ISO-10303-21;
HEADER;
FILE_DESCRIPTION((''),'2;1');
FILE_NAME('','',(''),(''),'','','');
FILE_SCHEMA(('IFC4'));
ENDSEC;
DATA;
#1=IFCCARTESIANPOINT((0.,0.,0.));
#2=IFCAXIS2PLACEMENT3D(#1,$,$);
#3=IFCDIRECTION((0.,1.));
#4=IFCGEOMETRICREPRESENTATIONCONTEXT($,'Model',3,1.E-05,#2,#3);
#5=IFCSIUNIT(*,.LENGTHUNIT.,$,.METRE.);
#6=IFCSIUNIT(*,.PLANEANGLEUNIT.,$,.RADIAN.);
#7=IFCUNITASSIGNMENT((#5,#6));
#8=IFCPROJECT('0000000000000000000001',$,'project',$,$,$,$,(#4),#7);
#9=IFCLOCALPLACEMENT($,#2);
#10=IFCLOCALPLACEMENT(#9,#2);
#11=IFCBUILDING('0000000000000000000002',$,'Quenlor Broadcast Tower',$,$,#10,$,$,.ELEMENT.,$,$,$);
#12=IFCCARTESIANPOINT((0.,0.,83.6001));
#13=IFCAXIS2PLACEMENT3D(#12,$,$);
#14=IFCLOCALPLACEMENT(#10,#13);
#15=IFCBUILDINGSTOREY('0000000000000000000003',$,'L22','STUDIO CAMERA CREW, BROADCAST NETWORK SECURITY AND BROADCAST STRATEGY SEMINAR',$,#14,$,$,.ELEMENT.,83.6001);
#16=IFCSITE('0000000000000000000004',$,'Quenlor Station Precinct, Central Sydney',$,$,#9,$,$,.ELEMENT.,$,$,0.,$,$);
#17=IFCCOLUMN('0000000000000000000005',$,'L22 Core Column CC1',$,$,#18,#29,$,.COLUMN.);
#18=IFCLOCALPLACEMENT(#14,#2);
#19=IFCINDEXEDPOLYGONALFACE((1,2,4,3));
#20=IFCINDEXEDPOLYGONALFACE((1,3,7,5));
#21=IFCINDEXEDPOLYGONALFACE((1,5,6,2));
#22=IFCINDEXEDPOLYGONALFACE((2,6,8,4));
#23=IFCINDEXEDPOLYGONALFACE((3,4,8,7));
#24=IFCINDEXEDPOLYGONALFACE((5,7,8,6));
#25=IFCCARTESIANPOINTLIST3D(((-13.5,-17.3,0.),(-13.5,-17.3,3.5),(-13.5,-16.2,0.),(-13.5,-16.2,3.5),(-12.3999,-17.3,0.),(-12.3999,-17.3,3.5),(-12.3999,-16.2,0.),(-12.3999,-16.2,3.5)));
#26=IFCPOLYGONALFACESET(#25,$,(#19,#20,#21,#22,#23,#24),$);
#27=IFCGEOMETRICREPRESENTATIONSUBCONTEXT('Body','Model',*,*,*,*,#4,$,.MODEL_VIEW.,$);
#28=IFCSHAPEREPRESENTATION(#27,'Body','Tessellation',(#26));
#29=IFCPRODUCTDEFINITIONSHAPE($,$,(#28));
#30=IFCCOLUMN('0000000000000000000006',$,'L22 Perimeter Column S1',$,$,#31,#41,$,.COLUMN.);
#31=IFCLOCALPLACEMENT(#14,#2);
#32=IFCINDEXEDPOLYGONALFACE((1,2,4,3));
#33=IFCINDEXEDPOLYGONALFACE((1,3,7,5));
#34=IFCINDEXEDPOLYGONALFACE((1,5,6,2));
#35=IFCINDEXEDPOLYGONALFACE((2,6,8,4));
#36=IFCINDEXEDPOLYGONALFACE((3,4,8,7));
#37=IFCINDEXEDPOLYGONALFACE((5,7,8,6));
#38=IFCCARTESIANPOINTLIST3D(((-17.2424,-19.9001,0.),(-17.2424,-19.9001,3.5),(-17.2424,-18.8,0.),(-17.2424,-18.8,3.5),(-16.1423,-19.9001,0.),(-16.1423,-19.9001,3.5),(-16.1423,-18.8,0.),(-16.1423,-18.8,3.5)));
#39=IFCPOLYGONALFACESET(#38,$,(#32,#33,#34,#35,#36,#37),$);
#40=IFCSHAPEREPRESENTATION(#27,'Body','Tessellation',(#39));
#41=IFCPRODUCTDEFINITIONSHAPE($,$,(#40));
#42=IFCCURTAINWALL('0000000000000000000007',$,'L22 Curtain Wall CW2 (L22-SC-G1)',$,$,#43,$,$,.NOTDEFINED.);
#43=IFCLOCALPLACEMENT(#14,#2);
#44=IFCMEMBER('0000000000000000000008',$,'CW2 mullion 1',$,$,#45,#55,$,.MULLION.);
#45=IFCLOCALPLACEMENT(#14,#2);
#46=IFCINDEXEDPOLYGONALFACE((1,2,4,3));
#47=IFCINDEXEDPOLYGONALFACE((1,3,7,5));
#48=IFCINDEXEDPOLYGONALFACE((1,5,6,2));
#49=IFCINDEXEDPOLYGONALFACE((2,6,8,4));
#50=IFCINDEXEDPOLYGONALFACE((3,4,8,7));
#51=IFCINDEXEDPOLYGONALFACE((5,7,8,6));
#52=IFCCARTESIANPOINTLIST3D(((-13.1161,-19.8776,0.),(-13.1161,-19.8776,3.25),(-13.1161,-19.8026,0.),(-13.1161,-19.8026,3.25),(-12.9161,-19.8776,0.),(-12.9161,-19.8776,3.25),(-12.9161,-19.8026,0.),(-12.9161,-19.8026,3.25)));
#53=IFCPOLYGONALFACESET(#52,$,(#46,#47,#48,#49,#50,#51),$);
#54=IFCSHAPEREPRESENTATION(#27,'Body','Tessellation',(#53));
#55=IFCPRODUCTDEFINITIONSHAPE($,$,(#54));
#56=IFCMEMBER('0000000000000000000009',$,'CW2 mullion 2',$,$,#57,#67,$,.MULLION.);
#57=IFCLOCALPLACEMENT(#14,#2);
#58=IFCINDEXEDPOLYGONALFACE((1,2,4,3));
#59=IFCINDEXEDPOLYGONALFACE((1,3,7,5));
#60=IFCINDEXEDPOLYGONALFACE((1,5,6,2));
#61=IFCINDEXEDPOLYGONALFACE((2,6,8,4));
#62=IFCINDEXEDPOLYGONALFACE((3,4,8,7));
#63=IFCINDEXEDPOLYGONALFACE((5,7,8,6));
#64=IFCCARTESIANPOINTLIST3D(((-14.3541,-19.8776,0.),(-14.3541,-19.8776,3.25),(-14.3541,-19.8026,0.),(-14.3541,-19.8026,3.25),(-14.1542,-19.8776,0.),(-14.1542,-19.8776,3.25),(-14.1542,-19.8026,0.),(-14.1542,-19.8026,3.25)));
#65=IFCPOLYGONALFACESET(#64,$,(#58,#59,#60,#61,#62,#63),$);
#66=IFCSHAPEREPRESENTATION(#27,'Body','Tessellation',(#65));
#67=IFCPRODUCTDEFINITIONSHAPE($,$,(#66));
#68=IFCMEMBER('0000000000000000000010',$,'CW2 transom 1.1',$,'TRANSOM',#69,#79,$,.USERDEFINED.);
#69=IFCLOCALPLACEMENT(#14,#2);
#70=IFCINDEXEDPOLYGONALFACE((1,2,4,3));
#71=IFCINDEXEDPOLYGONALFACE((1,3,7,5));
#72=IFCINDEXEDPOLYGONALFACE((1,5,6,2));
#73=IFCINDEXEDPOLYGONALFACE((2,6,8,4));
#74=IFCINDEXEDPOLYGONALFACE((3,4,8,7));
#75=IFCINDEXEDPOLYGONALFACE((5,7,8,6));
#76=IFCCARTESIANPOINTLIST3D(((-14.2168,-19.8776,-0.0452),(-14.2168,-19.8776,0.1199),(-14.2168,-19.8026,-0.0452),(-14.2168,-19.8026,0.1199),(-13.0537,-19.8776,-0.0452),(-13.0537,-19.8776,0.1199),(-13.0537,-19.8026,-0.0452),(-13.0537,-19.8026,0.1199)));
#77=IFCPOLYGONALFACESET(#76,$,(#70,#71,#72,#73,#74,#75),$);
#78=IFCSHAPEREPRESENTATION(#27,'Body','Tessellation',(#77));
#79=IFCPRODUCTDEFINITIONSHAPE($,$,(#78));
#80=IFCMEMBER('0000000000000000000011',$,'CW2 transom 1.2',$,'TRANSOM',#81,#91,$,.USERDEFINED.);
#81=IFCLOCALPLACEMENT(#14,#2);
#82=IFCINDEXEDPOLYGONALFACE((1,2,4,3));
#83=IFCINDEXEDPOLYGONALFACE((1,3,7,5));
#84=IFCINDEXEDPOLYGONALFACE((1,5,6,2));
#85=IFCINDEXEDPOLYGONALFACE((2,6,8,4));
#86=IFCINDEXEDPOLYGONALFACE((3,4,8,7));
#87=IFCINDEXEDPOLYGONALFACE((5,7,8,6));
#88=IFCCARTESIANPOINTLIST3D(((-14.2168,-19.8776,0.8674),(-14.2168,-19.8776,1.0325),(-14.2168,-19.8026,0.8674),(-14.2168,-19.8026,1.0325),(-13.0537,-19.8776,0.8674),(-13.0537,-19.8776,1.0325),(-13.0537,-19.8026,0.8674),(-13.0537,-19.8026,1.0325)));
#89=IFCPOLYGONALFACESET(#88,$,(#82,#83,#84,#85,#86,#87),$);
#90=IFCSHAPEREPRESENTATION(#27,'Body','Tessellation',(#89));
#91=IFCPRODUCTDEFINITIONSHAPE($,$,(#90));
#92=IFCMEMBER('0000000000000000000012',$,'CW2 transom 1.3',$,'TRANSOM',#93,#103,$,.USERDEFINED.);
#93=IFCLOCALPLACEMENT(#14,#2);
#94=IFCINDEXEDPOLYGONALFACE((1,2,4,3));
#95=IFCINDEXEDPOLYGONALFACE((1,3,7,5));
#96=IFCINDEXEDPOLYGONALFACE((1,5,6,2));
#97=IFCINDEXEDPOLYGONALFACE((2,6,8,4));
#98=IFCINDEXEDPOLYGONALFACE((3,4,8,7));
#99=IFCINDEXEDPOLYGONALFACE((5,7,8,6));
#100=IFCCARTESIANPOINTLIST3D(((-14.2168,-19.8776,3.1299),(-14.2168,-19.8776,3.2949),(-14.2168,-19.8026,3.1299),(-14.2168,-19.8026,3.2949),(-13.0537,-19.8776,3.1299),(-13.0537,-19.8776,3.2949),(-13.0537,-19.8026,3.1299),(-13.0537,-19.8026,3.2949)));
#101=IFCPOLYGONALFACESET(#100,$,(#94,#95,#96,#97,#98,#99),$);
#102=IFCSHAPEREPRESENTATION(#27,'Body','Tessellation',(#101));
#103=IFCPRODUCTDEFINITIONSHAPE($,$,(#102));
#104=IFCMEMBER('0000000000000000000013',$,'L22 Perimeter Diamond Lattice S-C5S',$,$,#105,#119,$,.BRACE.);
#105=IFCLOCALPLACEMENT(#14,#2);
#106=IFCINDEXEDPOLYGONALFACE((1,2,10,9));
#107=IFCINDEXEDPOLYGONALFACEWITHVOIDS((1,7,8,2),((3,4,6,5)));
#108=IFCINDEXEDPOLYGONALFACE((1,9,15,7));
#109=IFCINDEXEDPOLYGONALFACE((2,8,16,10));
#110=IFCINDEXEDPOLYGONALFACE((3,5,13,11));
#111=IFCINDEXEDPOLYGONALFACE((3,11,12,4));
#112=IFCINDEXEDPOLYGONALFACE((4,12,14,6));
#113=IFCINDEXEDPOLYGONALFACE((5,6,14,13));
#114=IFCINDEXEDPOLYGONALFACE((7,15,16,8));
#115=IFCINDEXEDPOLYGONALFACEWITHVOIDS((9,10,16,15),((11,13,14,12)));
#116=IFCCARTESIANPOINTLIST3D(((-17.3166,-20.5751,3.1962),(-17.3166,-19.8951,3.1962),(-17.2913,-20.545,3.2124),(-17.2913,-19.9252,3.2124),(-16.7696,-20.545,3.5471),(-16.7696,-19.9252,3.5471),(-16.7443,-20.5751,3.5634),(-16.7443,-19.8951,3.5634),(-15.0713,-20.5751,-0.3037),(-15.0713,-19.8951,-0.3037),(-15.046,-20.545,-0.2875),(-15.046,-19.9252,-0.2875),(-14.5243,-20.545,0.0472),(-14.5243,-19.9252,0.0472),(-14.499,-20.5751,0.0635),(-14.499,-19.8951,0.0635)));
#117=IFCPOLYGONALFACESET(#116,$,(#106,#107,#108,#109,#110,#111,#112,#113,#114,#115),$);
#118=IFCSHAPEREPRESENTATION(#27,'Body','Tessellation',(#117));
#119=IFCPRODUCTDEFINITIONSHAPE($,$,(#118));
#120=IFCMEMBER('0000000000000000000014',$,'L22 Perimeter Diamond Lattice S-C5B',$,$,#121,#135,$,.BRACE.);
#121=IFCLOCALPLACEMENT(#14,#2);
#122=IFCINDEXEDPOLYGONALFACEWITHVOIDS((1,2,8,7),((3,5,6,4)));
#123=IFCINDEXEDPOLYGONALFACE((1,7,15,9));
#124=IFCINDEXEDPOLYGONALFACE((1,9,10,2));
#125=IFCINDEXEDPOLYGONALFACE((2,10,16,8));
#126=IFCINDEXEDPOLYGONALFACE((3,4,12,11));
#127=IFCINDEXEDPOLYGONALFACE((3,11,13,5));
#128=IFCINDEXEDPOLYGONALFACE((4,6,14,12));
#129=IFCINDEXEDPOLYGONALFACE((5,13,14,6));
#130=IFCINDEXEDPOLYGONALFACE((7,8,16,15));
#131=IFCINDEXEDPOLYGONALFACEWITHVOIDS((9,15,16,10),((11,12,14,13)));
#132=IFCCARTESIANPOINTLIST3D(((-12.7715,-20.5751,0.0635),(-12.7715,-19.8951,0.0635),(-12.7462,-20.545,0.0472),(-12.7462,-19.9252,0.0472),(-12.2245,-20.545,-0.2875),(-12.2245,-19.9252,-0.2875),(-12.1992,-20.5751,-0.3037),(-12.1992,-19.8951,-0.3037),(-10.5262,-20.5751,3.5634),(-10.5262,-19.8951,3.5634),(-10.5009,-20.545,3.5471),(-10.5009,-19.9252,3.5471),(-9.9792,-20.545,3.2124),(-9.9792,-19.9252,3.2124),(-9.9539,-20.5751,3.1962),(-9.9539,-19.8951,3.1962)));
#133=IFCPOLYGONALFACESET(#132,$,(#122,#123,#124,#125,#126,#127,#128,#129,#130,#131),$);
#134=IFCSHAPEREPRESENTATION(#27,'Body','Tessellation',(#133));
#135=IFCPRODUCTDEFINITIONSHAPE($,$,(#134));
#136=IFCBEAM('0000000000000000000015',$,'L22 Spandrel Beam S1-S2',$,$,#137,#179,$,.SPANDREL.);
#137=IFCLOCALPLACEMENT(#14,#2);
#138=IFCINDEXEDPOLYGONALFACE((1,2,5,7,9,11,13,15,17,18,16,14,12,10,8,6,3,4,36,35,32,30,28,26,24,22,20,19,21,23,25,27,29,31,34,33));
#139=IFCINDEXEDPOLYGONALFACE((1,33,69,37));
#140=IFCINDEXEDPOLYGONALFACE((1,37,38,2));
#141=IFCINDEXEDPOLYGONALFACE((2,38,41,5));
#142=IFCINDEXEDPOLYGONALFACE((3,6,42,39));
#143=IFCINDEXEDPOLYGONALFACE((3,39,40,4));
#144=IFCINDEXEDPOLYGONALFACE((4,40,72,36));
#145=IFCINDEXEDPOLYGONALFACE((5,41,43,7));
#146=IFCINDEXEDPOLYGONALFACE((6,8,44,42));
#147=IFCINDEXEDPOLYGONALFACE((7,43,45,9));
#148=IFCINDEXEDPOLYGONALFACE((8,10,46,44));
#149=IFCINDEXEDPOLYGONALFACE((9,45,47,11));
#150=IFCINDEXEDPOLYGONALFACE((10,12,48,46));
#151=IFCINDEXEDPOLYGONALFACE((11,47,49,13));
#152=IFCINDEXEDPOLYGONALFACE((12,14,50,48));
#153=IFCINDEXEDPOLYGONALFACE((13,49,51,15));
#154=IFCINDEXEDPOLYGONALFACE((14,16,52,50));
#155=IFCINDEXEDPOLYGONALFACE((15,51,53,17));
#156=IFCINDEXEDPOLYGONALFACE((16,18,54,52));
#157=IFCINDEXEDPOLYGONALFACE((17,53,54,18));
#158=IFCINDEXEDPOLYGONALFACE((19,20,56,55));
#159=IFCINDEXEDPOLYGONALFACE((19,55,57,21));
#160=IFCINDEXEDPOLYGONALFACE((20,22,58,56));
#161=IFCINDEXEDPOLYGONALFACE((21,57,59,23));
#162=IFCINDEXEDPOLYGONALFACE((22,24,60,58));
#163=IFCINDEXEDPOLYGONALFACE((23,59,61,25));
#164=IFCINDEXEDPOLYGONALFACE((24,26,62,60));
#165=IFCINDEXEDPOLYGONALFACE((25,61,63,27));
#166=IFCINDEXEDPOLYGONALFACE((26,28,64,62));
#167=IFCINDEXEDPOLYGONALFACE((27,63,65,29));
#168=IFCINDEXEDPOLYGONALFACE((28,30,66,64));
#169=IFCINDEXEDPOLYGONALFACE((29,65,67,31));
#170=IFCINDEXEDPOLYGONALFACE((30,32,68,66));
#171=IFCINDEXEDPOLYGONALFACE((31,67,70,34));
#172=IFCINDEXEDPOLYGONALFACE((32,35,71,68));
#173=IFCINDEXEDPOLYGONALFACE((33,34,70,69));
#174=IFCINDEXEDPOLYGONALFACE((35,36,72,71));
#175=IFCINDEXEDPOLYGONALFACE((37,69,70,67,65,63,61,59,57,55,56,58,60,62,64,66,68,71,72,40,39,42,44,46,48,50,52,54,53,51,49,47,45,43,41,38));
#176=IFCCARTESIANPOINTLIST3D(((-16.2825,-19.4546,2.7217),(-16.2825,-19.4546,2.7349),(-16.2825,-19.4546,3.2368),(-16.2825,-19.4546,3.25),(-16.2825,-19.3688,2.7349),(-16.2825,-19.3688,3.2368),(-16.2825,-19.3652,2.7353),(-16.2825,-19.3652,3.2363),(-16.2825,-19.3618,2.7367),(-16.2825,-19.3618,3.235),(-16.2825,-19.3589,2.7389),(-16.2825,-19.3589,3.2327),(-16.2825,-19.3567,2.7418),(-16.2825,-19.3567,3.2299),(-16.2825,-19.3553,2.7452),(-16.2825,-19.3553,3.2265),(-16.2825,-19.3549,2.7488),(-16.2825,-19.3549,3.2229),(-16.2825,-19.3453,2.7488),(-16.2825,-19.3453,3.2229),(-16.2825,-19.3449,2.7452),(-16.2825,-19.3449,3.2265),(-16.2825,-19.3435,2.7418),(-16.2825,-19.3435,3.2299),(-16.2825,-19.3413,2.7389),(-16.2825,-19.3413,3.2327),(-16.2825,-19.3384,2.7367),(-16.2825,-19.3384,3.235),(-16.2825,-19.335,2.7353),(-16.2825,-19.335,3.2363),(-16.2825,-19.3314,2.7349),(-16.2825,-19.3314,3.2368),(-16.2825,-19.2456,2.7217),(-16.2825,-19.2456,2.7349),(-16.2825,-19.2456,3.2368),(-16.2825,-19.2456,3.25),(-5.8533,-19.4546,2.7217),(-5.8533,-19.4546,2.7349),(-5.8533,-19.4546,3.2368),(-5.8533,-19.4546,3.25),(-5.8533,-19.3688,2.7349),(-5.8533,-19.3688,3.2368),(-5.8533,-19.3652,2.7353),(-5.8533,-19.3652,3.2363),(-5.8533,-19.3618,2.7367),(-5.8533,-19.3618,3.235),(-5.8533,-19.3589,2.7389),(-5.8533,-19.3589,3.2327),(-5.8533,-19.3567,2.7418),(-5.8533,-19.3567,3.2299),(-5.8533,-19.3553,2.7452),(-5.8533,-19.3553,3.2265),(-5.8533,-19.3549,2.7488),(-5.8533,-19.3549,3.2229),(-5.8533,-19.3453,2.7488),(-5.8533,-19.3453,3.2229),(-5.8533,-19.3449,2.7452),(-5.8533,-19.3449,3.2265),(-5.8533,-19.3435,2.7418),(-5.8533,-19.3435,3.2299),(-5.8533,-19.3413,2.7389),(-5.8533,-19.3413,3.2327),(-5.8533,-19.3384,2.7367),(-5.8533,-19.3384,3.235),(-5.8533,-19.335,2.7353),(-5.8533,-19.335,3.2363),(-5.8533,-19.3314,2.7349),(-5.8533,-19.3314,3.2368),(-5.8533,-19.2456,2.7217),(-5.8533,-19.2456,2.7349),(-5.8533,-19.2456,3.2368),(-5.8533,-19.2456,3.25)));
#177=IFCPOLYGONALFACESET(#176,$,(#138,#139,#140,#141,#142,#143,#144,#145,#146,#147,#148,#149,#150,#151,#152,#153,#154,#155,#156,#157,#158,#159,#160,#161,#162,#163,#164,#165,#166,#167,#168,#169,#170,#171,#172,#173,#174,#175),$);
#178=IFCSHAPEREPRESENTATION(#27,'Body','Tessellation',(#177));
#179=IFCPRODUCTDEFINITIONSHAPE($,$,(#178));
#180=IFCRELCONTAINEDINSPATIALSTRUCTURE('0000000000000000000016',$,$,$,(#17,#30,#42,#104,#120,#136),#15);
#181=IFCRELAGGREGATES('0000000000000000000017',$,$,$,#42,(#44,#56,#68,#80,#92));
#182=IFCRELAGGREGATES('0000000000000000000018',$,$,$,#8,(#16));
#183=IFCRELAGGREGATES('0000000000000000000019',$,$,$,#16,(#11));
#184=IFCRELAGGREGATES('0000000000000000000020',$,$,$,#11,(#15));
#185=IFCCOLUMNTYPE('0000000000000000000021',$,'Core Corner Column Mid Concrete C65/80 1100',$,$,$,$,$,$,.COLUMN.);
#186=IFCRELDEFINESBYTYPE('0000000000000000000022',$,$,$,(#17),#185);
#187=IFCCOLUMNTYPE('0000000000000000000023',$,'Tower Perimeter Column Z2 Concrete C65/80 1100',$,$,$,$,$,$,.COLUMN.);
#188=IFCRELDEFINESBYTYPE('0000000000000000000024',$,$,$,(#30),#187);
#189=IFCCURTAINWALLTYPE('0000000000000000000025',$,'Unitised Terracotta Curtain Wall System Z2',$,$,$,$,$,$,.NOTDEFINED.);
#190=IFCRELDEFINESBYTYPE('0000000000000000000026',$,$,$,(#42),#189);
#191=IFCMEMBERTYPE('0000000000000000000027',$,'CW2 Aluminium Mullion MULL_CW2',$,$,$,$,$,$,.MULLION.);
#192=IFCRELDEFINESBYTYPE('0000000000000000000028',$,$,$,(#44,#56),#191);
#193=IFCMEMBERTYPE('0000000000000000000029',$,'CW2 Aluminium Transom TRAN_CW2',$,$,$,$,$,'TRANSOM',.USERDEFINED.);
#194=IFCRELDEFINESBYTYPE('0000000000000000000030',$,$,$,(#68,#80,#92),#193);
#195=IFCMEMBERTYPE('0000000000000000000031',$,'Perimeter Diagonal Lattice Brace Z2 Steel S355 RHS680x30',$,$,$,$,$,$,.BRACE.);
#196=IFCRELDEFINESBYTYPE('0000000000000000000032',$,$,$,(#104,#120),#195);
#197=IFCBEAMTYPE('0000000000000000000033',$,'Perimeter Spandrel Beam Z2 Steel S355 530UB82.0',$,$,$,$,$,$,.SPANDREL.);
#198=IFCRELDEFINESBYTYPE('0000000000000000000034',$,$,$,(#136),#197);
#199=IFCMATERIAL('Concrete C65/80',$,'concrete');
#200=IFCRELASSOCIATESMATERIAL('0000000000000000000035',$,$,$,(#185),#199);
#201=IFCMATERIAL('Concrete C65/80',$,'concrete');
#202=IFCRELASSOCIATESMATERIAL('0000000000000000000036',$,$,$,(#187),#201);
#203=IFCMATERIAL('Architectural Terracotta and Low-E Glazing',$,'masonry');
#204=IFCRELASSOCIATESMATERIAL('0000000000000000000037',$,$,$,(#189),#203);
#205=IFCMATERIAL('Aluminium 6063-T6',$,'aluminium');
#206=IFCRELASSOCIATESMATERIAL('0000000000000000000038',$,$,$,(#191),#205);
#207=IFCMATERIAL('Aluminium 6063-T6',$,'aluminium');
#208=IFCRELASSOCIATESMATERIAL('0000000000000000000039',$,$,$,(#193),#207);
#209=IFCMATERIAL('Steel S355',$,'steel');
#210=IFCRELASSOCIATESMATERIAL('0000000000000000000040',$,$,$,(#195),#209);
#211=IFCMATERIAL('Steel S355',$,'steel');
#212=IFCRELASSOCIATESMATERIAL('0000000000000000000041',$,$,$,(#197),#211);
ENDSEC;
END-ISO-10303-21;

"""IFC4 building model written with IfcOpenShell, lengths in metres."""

from ifc_helpers import new_model, si_unit, direction, frame, origin, origin_2d, place, context, subcontext, project, spatial, rectangle, hollow_rectangle, i_section, extrude, material, material_profile, profile_set, type_object, element, aggregate, save


model = new_model("IFC4")

# Units and contexts
model_context = context("Model", 3, precision=1e-05, world=origin(), true_north=direction((0.0, 1.0)))
body_context = subcontext(model_context, "Body", "Model", "MODEL_VIEW")
ifc_project = project(units=[si_unit("LENGTHUNIT", "METRE"), si_unit("PLANEANGLEUNIT", "RADIAN")], contexts=[model_context])

# Site, building, storey
site_placement = place(None, origin())
site = spatial("IfcSite", under=ifc_project, at=site_placement, Name="Quenlor Station Precinct, Central Sydney", CompositionType="ELEMENT", RefElevation=0.0)
building_placement = place(site_placement, origin())
building = spatial("IfcBuilding", under=site, at=building_placement, Name="Quenlor Broadcast Tower", CompositionType="ELEMENT")
storey_placement = place(building_placement, frame((0.0, 0.0, 83.6001)))
storey = spatial("IfcBuildingStorey", under=building, at=storey_placement, Name="L22", Description="STUDIO CAMERA CREW, BROADCAST NETWORK SECURITY AND BROADCAST STRATEGY SEMINAR", CompositionType="ELEMENT", Elevation=83.6001)

# Columns
ifc_material_1 = material(Name="Concrete C65/80", Category="concrete")
ifc_material_profile_1 = material_profile(ifc_material_1, rectangle(XDim=1.1001, YDim=1.1001, at=origin_2d()))
ifc_profile_set_1 = profile_set([ifc_material_profile_1], Name="Concrete C65/80 RC1100x1100")
column_type_1 = type_object("IfcColumnType", Name="Core Corner Column Mid Concrete C65/80 1100", PredefinedType="COLUMN", material=ifc_profile_set_1)
column_1_placement = place(storey_placement, frame((-12.95, -16.75, 0.0), z_axis=(0.0, 0.0, 1.0), x_axis=(1.0, 0.0, 0.0)))
element("IfcColumn", 1, at=column_1_placement, inside=storey, type_object=column_type_1, Name="L22 Core Column CC1", PredefinedType="COLUMN", context=body_context, shape_type="SweptSolid", body=[
    extrude(rectangle(XDim=1.1001, YDim=1.1001, at=origin_2d()), origin(), (0.0, 0.0, 1.0), 3.5),
])
ifc_material_2 = material(Name="Concrete C65/80", Category="concrete")
ifc_material_profile_2 = material_profile(ifc_material_2, rectangle(XDim=1.1001, YDim=1.1001, at=origin_2d()))
ifc_profile_set_2 = profile_set([ifc_material_profile_2], Name="Concrete C65/80 RC1100x1100")
column_type_2 = type_object("IfcColumnType", Name="Tower Perimeter Column Z2 Concrete C65/80 1100", PredefinedType="COLUMN", material=ifc_profile_set_2)
column_2_placement = place(storey_placement, frame((-16.6924, -19.3501, 0.0), z_axis=(0.0, 0.0, 1.0), x_axis=(0.0, 1.0, 0.0)))
element("IfcColumn", 2, at=column_2_placement, inside=storey, type_object=column_type_2, Name="L22 Perimeter Column S1", PredefinedType="COLUMN", context=body_context, shape_type="SweptSolid", body=[
    extrude(rectangle(XDim=1.1001, YDim=1.1001, at=origin_2d()), origin(), (0.0, 0.0, 1.0), 3.5),
])

# Curtain wall, members
ifc_material_3 = material(Name="Architectural Terracotta and Low-E Glazing", Category="masonry")
curtain_wall_type = type_object("IfcCurtainWallType", Name="Unitised Terracotta Curtain Wall System Z2", PredefinedType="NOTDEFINED", material=ifc_material_3)
curtain_wall_placement = place(storey_placement, origin())
curtain_wall = element("IfcCurtainWall", 3, at=curtain_wall_placement, inside=storey, type_object=curtain_wall_type, Name="L22 Curtain Wall CW2 (L22-SC-G1)", PredefinedType="NOTDEFINED")
ifc_material_4 = material(Name="Aluminium 6063-T6", Category="aluminium")
ifc_material_profile_3 = material_profile(ifc_material_4, rectangle(XDim=0.075, YDim=0.2, at=origin_2d()))
ifc_profile_set_3 = profile_set([ifc_material_profile_3], Name="Aluminium 6063-T6 MULL75x200")
member_type_1 = type_object("IfcMemberType", Name="CW2 Aluminium Mullion MULL_CW2", PredefinedType="MULLION", material=ifc_profile_set_3)
member_1_placement = place(storey_placement, frame((-13.0161, -19.8401, 0.0), z_axis=(0.0, 0.0, 1.0), x_axis=(0.0, -1.0, 0.0)))
member_1 = element("IfcMember", 4, at=member_1_placement, type_object=member_type_1, Name="CW2 mullion 1", PredefinedType="MULLION", context=body_context, shape_type="SweptSolid", body=[
    extrude(rectangle(XDim=0.075, YDim=0.2, at=origin_2d()), origin(), (0.0, 0.0, 1.0), 3.25),
])
member_2_placement = place(storey_placement, frame((-14.2542, -19.8401, 0.0), z_axis=(0.0, 0.0, 1.0), x_axis=(0.0, -1.0, 0.0)))
member_2 = element("IfcMember", 5, at=member_2_placement, type_object=member_type_1, Name="CW2 mullion 2", PredefinedType="MULLION", context=body_context, shape_type="SweptSolid", body=[
    extrude(rectangle(XDim=0.075, YDim=0.2, at=origin_2d()), origin(), (0.0, 0.0, 1.0), 3.25),
])
ifc_material_5 = material(Name="Aluminium 6063-T6", Category="aluminium")
ifc_material_profile_4 = material_profile(ifc_material_5, rectangle(XDim=0.075, YDim=0.165, at=origin_2d()))
ifc_profile_set_4 = profile_set([ifc_material_profile_4], Name="Aluminium 6063-T6 TRAN75x165")
member_type_2 = type_object("IfcMemberType", Name="CW2 Aluminium Transom TRAN_CW2", ElementType="TRANSOM", PredefinedType="USERDEFINED", material=ifc_profile_set_4)
member_3_placement = place(storey_placement, frame((-13.0537, -19.8401, 0.0374), z_axis=(-1.0, 0.0, 0.0), x_axis=(0.0, -1.0, 0.0)))
member_3 = element("IfcMember", 6, at=member_3_placement, type_object=member_type_2, Name="CW2 transom 1.1", ObjectType="TRANSOM", PredefinedType="USERDEFINED", context=body_context, shape_type="SweptSolid", body=[
    extrude(rectangle(XDim=0.075, YDim=0.165, at=origin_2d()), origin(), (0.0, 0.0, 1.0), 1.1631),
])
member_4_placement = place(storey_placement, frame((-13.0537, -19.8401, 0.95), z_axis=(-1.0, 0.0, 0.0), x_axis=(0.0, -1.0, 0.0)))
member_4 = element("IfcMember", 7, at=member_4_placement, type_object=member_type_2, Name="CW2 transom 1.2", ObjectType="TRANSOM", PredefinedType="USERDEFINED", context=body_context, shape_type="SweptSolid", body=[
    extrude(rectangle(XDim=0.075, YDim=0.165, at=origin_2d()), origin(), (0.0, 0.0, 1.0), 1.1631),
])
member_5_placement = place(storey_placement, frame((-13.0537, -19.8401, 3.2124), z_axis=(-1.0, 0.0, 0.0), x_axis=(0.0, -1.0, 0.0)))
member_5 = element("IfcMember", 8, at=member_5_placement, type_object=member_type_2, Name="CW2 transom 1.3", ObjectType="TRANSOM", PredefinedType="USERDEFINED", context=body_context, shape_type="SweptSolid", body=[
    extrude(rectangle(XDim=0.075, YDim=0.165, at=origin_2d()), origin(), (0.0, 0.0, 1.0), 1.1631),
])

# Members
ifc_material_6 = material(Name="Steel S355", Category="steel")
ifc_material_profile_5 = material_profile(ifc_material_6, hollow_rectangle(XDim=0.6799, YDim=0.6799, WallThickness=0.03, at=origin_2d()))
ifc_profile_set_5 = profile_set([ifc_material_profile_5], Name="Steel S355 RHS680x680x30")
member_type_3 = type_object("IfcMemberType", Name="Perimeter Diagonal Lattice Brace Z2 Steel S355 RHS680x30", PredefinedType="BRACE", material=ifc_profile_set_5)
for number, where, z_axis, x_axis, name in (
    (9, (-14.7852, -20.2351, -0.1201), (-0.539968, 0.0, 0.841686), (0.0, -1.0, 0.0), "L22 Perimeter Diamond Lattice S-C5S"),
    (10, (-12.4854, -20.2351, -0.1201), (0.539968, 0.0, 0.841686), (0.0, 1.0, 0.0), "L22 Perimeter Diamond Lattice S-C5B"),
):
    element("IfcMember", number, at=place(storey_placement, frame(where, z_axis=z_axis, x_axis=x_axis)), inside=storey, type_object=member_type_3, Name=name, PredefinedType="BRACE", context=body_context, shape_type="SweptSolid", body=[
        extrude(hollow_rectangle(XDim=0.6799, YDim=0.6799, WallThickness=0.03, at=origin_2d()), origin(), (0.0, 0.0, 1.0), 4.1582),
    ])

# Beam
ifc_material_7 = material(Name="Steel S355", Category="steel")
ifc_material_profile_6 = material_profile(ifc_material_7, i_section(OverallWidth=0.209, OverallDepth=0.5283, WebThickness=0.0095, FlangeThickness=0.0132, FilletRadius=0.0139, at=origin_2d()))
ifc_profile_set_6 = profile_set([ifc_material_profile_6], Name="Steel S355 530UB82.0")
beam_type_1 = type_object("IfcBeamType", Name="Perimeter Spandrel Beam Z2 Steel S355 530UB82.0", PredefinedType="SPANDREL", material=ifc_profile_set_6)
beam_1_placement = place(storey_placement, frame((-16.2825, -19.3501, 2.9858), z_axis=(1.0, 0.0, 0.0), x_axis=(0.0, 1.0, 0.0)))
element("IfcBeam", 11, at=beam_1_placement, inside=storey, type_object=beam_type_1, Name="L22 Spandrel Beam S1-S2", PredefinedType="SPANDREL", context=body_context, shape_type="SweptSolid", body=[
    extrude(i_section(OverallWidth=0.209, OverallDepth=0.5283, WebThickness=0.0095, FlangeThickness=0.0132, FilletRadius=0.0139, at=origin_2d()), origin(), (0.0, 0.0, 1.0), 10.4292),
])

aggregate(curtain_wall, [member_1, member_2, member_3, member_4, member_5])

save(model, "model.ifc")
